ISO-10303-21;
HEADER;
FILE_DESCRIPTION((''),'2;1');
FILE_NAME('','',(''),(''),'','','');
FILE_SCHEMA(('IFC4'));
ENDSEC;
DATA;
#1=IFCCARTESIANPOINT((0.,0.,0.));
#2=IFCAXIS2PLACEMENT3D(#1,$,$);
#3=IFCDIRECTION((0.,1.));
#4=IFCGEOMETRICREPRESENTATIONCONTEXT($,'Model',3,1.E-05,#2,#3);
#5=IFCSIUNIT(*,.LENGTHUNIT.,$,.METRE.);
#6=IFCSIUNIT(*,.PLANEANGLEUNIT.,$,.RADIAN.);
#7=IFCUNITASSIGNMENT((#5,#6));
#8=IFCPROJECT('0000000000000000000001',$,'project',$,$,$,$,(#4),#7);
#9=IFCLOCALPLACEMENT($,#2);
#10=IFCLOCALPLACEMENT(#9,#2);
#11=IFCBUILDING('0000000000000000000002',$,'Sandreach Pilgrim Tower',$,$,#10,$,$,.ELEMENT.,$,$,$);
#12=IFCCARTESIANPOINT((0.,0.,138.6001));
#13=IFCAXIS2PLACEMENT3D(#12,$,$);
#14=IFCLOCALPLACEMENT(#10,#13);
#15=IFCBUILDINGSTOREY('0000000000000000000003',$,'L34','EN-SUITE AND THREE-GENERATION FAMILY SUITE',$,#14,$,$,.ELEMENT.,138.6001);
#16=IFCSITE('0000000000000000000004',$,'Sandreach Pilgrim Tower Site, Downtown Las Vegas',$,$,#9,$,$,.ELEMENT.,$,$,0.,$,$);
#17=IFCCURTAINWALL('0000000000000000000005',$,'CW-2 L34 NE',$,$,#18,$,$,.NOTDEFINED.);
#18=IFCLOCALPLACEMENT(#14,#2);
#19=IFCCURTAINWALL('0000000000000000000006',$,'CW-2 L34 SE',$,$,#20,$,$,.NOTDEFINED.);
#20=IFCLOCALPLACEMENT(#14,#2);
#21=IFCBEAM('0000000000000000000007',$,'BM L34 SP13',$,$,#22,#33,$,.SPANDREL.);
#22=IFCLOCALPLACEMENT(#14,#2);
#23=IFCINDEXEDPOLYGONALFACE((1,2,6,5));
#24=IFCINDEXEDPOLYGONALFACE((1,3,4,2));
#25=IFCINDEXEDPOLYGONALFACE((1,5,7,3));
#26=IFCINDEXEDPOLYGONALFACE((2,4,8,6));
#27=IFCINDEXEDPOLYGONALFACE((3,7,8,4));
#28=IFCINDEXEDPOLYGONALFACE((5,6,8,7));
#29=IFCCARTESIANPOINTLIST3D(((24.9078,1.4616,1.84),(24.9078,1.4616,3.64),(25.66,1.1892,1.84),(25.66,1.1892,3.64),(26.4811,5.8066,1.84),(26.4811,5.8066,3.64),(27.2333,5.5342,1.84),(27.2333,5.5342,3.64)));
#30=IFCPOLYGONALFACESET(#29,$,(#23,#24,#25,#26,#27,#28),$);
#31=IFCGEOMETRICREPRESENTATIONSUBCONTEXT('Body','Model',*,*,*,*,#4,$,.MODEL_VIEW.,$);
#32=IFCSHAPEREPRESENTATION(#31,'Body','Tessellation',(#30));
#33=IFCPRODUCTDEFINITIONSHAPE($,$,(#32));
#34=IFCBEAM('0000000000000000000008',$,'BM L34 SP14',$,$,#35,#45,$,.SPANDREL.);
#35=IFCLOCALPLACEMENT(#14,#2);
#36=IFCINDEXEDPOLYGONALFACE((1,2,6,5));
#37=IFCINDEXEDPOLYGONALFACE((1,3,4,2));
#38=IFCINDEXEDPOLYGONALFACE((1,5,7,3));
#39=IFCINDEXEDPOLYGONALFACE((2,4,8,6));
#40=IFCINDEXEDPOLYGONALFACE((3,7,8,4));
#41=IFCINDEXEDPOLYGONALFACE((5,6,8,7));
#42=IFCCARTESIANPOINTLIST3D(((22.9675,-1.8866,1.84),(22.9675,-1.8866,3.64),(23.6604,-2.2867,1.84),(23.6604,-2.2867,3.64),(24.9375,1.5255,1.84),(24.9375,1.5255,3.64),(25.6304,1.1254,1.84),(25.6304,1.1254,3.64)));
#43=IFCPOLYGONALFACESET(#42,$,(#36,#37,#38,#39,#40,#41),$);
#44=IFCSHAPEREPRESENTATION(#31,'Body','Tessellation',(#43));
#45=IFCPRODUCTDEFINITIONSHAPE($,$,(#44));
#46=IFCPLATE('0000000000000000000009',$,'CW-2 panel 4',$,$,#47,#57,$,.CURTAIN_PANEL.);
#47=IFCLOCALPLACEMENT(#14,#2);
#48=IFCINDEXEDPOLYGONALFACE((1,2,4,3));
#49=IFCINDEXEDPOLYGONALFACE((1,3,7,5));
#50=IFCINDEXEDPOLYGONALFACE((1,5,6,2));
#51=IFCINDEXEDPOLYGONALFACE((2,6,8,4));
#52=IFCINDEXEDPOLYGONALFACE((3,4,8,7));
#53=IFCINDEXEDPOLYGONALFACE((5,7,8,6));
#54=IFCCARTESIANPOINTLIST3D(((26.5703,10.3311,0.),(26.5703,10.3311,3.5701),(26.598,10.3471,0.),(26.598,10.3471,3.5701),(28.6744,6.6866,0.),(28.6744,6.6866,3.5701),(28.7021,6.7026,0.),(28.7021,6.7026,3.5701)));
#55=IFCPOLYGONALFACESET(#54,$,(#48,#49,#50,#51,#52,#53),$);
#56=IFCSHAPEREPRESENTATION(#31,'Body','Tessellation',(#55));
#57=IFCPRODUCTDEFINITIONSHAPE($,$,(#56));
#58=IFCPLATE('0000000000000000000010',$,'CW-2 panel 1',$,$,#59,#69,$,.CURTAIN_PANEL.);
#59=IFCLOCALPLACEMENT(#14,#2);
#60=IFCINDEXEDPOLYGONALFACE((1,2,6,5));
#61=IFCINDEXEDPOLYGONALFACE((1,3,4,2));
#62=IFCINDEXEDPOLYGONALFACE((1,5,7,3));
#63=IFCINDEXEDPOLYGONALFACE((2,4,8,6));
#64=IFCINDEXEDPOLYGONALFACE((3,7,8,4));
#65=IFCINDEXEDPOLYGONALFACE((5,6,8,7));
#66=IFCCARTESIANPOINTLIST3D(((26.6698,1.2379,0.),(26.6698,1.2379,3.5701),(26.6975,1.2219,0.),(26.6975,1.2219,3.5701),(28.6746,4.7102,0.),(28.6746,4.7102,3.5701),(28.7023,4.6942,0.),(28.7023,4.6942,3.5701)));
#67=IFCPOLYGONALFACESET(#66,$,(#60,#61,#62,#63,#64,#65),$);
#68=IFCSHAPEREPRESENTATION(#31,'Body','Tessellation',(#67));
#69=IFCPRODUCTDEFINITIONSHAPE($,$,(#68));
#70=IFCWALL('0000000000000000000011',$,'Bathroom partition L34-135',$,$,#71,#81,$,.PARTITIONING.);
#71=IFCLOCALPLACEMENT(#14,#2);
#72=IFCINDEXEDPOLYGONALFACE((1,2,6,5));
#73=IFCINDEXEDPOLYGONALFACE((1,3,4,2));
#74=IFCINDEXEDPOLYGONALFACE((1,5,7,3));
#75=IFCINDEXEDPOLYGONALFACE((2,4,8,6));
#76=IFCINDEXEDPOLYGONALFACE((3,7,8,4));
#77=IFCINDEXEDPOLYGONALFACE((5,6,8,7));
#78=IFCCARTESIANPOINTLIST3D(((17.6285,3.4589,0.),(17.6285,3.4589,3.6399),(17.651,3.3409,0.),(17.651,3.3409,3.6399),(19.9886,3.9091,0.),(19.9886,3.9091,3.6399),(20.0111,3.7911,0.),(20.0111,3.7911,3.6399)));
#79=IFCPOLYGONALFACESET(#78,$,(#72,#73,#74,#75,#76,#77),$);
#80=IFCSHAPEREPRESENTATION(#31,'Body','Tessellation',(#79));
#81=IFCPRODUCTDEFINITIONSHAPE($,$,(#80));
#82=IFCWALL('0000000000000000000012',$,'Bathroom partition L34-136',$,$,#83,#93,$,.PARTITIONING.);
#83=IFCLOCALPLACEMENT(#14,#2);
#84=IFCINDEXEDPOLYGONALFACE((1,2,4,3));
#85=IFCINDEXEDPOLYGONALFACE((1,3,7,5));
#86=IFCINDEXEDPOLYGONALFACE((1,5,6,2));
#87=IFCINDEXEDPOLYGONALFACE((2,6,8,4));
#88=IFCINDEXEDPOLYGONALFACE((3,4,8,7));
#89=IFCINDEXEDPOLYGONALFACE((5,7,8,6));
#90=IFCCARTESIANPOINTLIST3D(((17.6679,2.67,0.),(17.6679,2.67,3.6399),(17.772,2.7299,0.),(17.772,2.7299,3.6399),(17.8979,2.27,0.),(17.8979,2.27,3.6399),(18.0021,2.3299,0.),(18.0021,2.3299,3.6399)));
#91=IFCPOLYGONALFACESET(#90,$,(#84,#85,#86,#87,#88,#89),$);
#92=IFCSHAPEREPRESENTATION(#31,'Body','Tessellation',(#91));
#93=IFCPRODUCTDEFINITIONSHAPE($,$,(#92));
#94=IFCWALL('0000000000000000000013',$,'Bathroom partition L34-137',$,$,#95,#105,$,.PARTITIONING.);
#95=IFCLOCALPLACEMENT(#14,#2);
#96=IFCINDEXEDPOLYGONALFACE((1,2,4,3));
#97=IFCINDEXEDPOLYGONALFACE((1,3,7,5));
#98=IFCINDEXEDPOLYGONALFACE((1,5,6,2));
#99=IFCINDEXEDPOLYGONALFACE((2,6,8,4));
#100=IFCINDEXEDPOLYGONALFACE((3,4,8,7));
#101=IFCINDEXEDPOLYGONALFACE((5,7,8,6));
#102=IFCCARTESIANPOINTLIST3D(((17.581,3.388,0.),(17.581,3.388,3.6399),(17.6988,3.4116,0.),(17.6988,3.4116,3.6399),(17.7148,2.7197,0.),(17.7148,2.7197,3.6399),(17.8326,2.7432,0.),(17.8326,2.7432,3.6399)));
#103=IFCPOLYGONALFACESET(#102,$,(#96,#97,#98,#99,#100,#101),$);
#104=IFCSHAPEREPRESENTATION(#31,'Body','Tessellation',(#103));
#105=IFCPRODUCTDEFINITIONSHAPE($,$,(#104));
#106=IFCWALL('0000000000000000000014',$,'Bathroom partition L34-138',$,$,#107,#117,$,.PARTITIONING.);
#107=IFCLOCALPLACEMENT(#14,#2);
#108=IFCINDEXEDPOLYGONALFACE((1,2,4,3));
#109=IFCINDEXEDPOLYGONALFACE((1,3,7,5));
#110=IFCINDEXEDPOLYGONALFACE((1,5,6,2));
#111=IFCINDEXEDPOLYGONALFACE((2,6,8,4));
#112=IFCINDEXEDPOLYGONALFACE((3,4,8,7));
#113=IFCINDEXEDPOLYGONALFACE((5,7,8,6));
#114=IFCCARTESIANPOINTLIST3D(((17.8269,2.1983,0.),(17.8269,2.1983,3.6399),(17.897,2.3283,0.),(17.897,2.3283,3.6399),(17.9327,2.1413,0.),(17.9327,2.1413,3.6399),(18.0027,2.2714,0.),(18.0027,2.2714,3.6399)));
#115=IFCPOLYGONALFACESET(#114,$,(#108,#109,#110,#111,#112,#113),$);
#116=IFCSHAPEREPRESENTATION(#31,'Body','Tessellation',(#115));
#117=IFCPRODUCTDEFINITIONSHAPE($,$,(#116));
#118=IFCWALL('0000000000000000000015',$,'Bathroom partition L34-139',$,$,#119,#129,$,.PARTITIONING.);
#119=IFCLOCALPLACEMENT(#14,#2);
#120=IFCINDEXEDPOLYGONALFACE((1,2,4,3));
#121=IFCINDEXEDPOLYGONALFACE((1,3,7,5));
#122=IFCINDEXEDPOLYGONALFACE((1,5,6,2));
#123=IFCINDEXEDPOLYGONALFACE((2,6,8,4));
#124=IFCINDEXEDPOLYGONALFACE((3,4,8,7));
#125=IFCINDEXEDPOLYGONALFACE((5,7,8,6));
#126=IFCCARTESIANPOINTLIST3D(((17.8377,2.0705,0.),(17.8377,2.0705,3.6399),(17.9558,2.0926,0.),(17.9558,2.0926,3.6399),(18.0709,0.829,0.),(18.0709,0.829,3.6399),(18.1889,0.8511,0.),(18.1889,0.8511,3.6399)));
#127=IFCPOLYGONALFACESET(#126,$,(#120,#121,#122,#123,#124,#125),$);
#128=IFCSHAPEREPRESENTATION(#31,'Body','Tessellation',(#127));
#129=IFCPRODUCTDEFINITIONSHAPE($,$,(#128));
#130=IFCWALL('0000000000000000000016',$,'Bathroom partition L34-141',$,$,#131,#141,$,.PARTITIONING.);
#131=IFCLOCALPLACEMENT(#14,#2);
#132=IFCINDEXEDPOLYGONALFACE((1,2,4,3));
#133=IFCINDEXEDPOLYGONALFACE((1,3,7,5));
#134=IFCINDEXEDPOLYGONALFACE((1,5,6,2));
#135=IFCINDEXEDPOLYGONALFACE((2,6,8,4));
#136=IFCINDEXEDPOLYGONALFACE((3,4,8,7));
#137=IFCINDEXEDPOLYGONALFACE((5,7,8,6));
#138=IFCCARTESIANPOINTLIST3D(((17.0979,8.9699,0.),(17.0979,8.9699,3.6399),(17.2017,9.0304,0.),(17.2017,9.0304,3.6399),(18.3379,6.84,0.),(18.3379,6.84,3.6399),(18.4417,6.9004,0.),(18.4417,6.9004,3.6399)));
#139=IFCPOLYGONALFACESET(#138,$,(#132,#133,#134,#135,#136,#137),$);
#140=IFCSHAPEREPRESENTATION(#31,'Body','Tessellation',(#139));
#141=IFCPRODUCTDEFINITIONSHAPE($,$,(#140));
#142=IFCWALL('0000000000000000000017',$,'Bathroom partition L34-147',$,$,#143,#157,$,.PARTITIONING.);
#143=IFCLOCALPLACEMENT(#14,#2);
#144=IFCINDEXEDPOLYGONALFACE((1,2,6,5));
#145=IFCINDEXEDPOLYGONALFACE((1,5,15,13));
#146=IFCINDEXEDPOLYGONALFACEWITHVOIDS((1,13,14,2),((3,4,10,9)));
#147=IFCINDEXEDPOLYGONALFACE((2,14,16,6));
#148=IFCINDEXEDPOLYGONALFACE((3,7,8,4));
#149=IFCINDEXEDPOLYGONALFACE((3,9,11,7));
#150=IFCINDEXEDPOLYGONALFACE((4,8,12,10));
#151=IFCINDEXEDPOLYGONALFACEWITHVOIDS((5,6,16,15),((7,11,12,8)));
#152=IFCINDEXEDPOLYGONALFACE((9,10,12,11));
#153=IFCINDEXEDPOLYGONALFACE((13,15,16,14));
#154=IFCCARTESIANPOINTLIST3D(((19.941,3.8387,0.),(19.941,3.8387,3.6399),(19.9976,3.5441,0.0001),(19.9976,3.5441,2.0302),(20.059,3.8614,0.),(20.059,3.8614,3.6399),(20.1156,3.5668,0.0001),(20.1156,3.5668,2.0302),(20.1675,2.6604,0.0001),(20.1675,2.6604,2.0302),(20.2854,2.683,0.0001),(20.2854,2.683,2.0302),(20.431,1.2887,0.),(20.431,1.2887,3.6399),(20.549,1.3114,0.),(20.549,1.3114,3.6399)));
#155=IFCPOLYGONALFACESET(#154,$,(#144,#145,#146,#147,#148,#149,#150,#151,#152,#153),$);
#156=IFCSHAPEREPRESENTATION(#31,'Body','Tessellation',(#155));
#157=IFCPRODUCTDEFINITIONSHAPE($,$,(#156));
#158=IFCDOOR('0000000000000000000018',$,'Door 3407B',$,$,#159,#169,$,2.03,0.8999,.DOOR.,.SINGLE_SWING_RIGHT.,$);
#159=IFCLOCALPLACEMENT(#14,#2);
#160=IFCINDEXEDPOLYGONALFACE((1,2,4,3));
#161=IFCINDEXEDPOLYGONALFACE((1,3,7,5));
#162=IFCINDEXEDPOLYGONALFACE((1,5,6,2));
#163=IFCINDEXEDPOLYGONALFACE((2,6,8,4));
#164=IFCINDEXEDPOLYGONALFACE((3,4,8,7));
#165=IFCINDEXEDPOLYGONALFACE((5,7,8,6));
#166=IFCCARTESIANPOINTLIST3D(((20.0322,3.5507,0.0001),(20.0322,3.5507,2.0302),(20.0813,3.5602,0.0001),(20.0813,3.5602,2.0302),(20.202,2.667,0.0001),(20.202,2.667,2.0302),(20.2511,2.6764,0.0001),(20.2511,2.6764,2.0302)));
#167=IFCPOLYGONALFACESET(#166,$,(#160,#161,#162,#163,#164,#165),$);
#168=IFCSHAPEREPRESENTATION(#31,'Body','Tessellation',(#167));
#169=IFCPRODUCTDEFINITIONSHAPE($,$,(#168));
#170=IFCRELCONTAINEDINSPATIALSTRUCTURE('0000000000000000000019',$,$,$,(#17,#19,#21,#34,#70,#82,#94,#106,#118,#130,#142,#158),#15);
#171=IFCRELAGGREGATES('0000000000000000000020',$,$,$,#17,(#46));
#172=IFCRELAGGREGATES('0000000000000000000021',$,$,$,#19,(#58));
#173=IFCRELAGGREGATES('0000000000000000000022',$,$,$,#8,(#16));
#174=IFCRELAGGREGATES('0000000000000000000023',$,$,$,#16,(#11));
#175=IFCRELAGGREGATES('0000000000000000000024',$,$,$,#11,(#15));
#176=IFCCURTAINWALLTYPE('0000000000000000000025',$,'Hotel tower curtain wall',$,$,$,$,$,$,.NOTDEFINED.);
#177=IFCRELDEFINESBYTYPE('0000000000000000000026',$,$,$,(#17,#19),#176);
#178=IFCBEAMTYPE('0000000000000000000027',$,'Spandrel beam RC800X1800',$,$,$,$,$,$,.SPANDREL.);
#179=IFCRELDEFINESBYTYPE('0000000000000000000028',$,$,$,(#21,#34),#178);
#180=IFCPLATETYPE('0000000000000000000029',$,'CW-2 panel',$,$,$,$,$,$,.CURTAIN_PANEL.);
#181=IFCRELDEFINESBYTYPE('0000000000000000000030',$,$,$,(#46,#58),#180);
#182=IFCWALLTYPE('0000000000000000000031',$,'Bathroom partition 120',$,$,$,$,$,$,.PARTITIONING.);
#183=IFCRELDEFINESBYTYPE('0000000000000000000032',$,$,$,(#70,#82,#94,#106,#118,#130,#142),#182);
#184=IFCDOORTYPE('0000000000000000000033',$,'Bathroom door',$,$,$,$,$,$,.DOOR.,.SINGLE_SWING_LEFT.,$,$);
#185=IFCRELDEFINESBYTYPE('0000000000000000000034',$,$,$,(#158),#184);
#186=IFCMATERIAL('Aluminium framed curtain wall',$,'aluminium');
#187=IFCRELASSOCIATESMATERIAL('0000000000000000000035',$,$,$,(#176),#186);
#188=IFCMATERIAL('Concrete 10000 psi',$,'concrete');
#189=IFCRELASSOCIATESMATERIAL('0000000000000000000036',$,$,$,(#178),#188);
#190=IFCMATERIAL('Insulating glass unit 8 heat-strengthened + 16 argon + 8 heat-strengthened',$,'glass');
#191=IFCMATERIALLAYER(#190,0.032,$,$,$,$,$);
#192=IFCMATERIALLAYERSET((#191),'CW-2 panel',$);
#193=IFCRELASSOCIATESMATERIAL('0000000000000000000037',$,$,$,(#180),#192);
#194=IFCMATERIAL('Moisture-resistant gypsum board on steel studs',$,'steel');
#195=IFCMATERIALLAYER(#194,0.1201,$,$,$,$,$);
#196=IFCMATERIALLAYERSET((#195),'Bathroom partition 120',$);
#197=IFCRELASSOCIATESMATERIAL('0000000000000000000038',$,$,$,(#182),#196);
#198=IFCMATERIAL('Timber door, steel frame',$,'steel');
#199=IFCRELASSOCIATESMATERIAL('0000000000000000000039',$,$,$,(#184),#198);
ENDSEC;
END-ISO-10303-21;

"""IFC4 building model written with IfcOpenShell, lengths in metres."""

from ifc_helpers import new_model, si_unit, direction, frame, frame_2d, origin, origin_2d, place, context, subcontext, project, spatial, rectangle, extrude, material, layer, layer_set, material_profile, profile_set, type_object, element, fill, aggregate, save


model = new_model("IFC4")

# Units and contexts
model_context = context("Model", 3, precision=1e-05, world=origin(), true_north=direction((0.0, 1.0)))
body_context = subcontext(model_context, "Body", "Model", "MODEL_VIEW")
ifc_project = project(units=[si_unit("LENGTHUNIT", "METRE"), si_unit("PLANEANGLEUNIT", "RADIAN")], contexts=[model_context])

# Site, building, storey
site_placement = place(None, origin())
site = spatial("IfcSite", under=ifc_project, at=site_placement, Name="Sandreach Pilgrim Tower Site, Downtown Las Vegas", CompositionType="ELEMENT", RefElevation=0.0)
building_placement = place(site_placement, origin())
building = spatial("IfcBuilding", under=site, at=building_placement, Name="Sandreach Pilgrim Tower", CompositionType="ELEMENT")
storey_placement = place(building_placement, frame((0.0, 0.0, 138.6001)))
storey = spatial("IfcBuildingStorey", under=building, at=storey_placement, Name="L34", Description="EN-SUITE AND THREE-GENERATION FAMILY SUITE", CompositionType="ELEMENT", Elevation=138.6001)

# Curtain wall
ifc_material_1 = material(Name="Aluminium framed curtain wall", Category="aluminium")
curtain_wall_type = type_object("IfcCurtainWallType", Name="Hotel tower curtain wall", PredefinedType="NOTDEFINED", material=ifc_material_1)
curtain_wall_1_placement = place(storey_placement, origin())
curtain_wall_1 = element("IfcCurtainWall", 1, at=curtain_wall_1_placement, inside=storey, type_object=curtain_wall_type, Name="CW-2 L34 NE", PredefinedType="NOTDEFINED")

# Curtain wall
curtain_wall_2_placement = place(storey_placement, origin())
curtain_wall_2 = element("IfcCurtainWall", 2, at=curtain_wall_2_placement, inside=storey, type_object=curtain_wall_type, Name="CW-2 L34 SE", PredefinedType="NOTDEFINED")

# Beams
ifc_material_2 = material(Name="Concrete 10000 psi", Category="concrete")
ifc_material_profile_1 = material_profile(ifc_material_2, rectangle(XDim=0.8, YDim=1.8, at=origin_2d()), Name="RC800X1800")
ifc_profile_set_1 = profile_set([ifc_material_profile_1], Name="Concrete 10000 psi")
beam_type_1 = type_object("IfcBeamType", Name="Spandrel beam RC800X1800", PredefinedType="SPANDREL", material=ifc_profile_set_1)
beam_1_placement = place(storey_placement, frame((26.8572, 5.6704, 2.74), z_axis=(-0.340453, -0.940261, 0.0), x_axis=(0.940261, -0.340453, 0.0)))
element("IfcBeam", 3, at=beam_1_placement, inside=storey, type_object=beam_type_1, Name="BM L34 SP13", PredefinedType="SPANDREL", context=body_context, shape_type="SweptSolid", body=[
    extrude(rectangle(XDim=0.8, YDim=1.8, at=origin_2d()), origin(), (0.0, 0.0, 1.0), 4.6211),
])
beam_2_placement = place(storey_placement, frame((25.2839, 1.3254, 2.74), z_axis=(-0.499998, -0.866027, 0.0), x_axis=(0.866027, -0.499998, 0.0)))
element("IfcBeam", 4, at=beam_2_placement, inside=storey, type_object=beam_type_1, Name="BM L34 SP14", PredefinedType="SPANDREL", context=body_context, shape_type="SweptSolid", body=[
    extrude(rectangle(XDim=0.8, YDim=1.8, at=origin_2d()), origin(), (0.0, 0.0, 1.0), 3.9399),
])

# Plates
ifc_material_3 = material(Name="Insulating glass unit 8 heat-strengthened + 16 argon + 8 heat-strengthened", Category="glass")
ifc_layer_1 = layer(ifc_material_3, 0.032)
ifc_layer_set_1 = layer_set([ifc_layer_1], Name="CW-2 panel")
plate_type = type_object("IfcPlateType", Name="CW-2 panel", PredefinedType="CURTAIN_PANEL", material=ifc_layer_set_1)
plate_1_placement = place(storey_placement, frame((27.6362, 8.5168, 0.0), z_axis=(0.0, 0.0, 1.0), x_axis=(0.5, -0.866025, 0.0)))
plate_1 = element("IfcPlate", 5, at=plate_1_placement, type_object=plate_type, Name="CW-2 panel 4", PredefinedType="CURTAIN_PANEL", context=body_context, shape_type="SweptSolid", body=[
    extrude(rectangle(XDim=4.2083, YDim=0.032, at=origin_2d()), origin(), (0.0, 0.0, 1.0), 3.5701),
])
aggregate(curtain_wall_1, [plate_1])
plate_2_placement = place(storey_placement, frame((27.686, 2.9661, 0.0), z_axis=(0.0, 0.0, 1.0), x_axis=(-0.5, -0.866025, 0.0)))
plate_2 = element("IfcPlate", 6, at=plate_2_placement, type_object=plate_type, Name="CW-2 panel 1", PredefinedType="CURTAIN_PANEL", context=body_context, shape_type="SweptSolid", body=[
    extrude(rectangle(XDim=4.0095, YDim=0.032, at=origin_2d()), origin(), (0.0, 0.0, 1.0), 3.5701),
])
aggregate(curtain_wall_2, [plate_2])

# Walls
ifc_material_4 = material(Name="Moisture-resistant gypsum board on steel studs", Category="steel")
ifc_layer_2 = layer(ifc_material_4, 0.1201)
ifc_layer_set_2 = layer_set([ifc_layer_2], Name="Bathroom partition 120")
wall_type_1 = type_object("IfcWallType", Name="Bathroom partition 120", PredefinedType="PARTITIONING", material=ifc_layer_set_2)
wall_1_placement = place(storey_placement, frame((17.6399, 3.3999, 0.0), z_axis=(0.0, 0.0, 1.0), x_axis=(0.982289, 0.187374, 0.0)))
element("IfcWall", 7, at=wall_1_placement, inside=storey, type_object=wall_type_1, Name="Bathroom partition L34-135", PredefinedType="PARTITIONING", context=body_context, shape_type="SweptSolid", body=[
    extrude(rectangle(XDim=2.4026, YDim=0.1201, at=frame_2d((1.2012, 0.0))), origin(), (0.0, 0.0, 1.0), 3.6399),
])
wall_2_placement = place(storey_placement, frame((17.72, 2.7, 0.0), z_axis=(0.0, 0.0, 1.0), x_axis=(0.498531, -0.866872, 0.0)))
element("IfcWall", 8, at=wall_2_placement, inside=storey, type_object=wall_type_1, Name="Bathroom partition L34-136", PredefinedType="PARTITIONING", context=body_context, shape_type="SweptSolid", body=[
    extrude(rectangle(XDim=0.4614, YDim=0.1201, at=frame_2d((0.2307, 0.0))), origin(), (0.0, 0.0, 1.0), 3.6399),
])
wall_3_placement = place(storey_placement, frame((17.7737, 2.7314, 0.0), z_axis=(0.0, 0.0, 1.0), x_axis=(-0.196254, 0.980553, 0.0)))
element("IfcWall", 9, at=wall_3_placement, inside=storey, type_object=wall_type_1, Name="Bathroom partition L34-137", PredefinedType="PARTITIONING", context=body_context, shape_type="SweptSolid", body=[
    extrude(rectangle(XDim=0.6816, YDim=0.1201, at=frame_2d((0.3408, 0.0))), origin(), (0.0, 0.0, 1.0), 3.6399),
])
wall_4_placement = place(storey_placement, frame((17.8799, 2.1699, 0.0), z_axis=(0.0, 0.0, 1.0), x_axis=(0.4741, 0.880471, 0.0)))
element("IfcWall", 10, at=wall_4_placement, inside=storey, type_object=wall_type_1, Name="Bathroom partition L34-138", PredefinedType="PARTITIONING", context=body_context, shape_type="SweptSolid", body=[
    extrude(rectangle(XDim=0.1477, YDim=0.1201, at=frame_2d((0.0737, 0.0))), origin(), (0.0, 0.0, 1.0), 3.6399),
])
wall_5_placement = place(storey_placement, frame((17.8967, 2.0815, 0.0), z_axis=(0.0, 0.0, 1.0), x_axis=(0.18458, -0.982817, 0.0)))
element("IfcWall", 11, at=wall_5_placement, inside=storey, type_object=wall_type_1, Name="Bathroom partition L34-139", PredefinedType="PARTITIONING", context=body_context, shape_type="SweptSolid", body=[
    extrude(rectangle(XDim=1.2632, YDim=0.1201, at=frame_2d((0.6316, 0.0))), origin(), (0.0, 0.0, 1.0), 3.6399),
])
wall_6_placement = place(storey_placement, frame((18.3899, 6.8701, 0.0), z_axis=(0.0, 0.0, 1.0), x_axis=(-0.503132, 0.86421, 0.0)))
element("IfcWall", 12, at=wall_6_placement, inside=storey, type_object=wall_type_1, Name="Bathroom partition L34-141", PredefinedType="PARTITIONING", context=body_context, shape_type="SweptSolid", body=[
    extrude(rectangle(XDim=2.4646, YDim=0.1201, at=frame_2d((1.2324, 0.0))), origin(), (0.0, 0.0, 1.0), 3.6399),
])

# Wall, opening, door
wall_7_placement = place(storey_placement, frame((20.49, 1.3, 0.0), z_axis=(0.0, 0.0, 1.0), x_axis=(-0.188697, 0.982035, 0.0)))
wall_7 = element("IfcWall", 13, at=wall_7_placement, inside=storey, type_object=wall_type_1, Name="Bathroom partition L34-147", PredefinedType="PARTITIONING", context=body_context, shape_type="SweptSolid", body=[
    extrude(rectangle(XDim=2.5967, YDim=0.1201, at=frame_2d((1.2983, 0.0))), origin(), (0.0, 0.0, 1.0), 3.6399),
])
opening_1_placement = place(wall_7_placement, frame((1.3967, 0.0, 0.0)))
opening_1 = element("IfcOpeningElement", 14, at=opening_1_placement, cuts=wall_7, PredefinedType="OPENING", context=body_context, shape_type="SweptSolid", body=[
    extrude(rectangle(XDim=0.8999, YDim=2.03, at=frame_2d((0.45, 1.0151))), frame((0.0, 0.0601, 0.0), z_axis=(0.0, -1.0, 0.0), x_axis=(1.0, 0.0, 0.0)), (0.0, 0.0, 1.0), 0.1201),
])
ifc_material_5 = material(Name="Timber door, steel frame", Category="steel")
door_type = type_object("IfcDoorType", Name="Bathroom door", OperationType="SINGLE_SWING_LEFT", PredefinedType="DOOR", material=ifc_material_5)
door_1_placement = place(opening_1_placement, origin())
door_1 = element("IfcDoor", 15, at=door_1_placement, inside=storey, type_object=door_type, Name="Door 3407B", OperationType="SINGLE_SWING_RIGHT", OverallHeight=2.03, OverallWidth=0.8999, PredefinedType="DOOR", context=body_context, shape_type="SweptSolid", body=[
    extrude(rectangle(XDim=0.8999, YDim=2.03, at=frame_2d((0.45, 1.0151))), frame((0.0, 0.0249, 0.0), z_axis=(0.0, -1.0, 0.0), x_axis=(1.0, 0.0, 0.0)), (0.0, 0.0, 1.0), 0.05),
])
fill(opening_1, door_1)

save(model, "model.ifc")
